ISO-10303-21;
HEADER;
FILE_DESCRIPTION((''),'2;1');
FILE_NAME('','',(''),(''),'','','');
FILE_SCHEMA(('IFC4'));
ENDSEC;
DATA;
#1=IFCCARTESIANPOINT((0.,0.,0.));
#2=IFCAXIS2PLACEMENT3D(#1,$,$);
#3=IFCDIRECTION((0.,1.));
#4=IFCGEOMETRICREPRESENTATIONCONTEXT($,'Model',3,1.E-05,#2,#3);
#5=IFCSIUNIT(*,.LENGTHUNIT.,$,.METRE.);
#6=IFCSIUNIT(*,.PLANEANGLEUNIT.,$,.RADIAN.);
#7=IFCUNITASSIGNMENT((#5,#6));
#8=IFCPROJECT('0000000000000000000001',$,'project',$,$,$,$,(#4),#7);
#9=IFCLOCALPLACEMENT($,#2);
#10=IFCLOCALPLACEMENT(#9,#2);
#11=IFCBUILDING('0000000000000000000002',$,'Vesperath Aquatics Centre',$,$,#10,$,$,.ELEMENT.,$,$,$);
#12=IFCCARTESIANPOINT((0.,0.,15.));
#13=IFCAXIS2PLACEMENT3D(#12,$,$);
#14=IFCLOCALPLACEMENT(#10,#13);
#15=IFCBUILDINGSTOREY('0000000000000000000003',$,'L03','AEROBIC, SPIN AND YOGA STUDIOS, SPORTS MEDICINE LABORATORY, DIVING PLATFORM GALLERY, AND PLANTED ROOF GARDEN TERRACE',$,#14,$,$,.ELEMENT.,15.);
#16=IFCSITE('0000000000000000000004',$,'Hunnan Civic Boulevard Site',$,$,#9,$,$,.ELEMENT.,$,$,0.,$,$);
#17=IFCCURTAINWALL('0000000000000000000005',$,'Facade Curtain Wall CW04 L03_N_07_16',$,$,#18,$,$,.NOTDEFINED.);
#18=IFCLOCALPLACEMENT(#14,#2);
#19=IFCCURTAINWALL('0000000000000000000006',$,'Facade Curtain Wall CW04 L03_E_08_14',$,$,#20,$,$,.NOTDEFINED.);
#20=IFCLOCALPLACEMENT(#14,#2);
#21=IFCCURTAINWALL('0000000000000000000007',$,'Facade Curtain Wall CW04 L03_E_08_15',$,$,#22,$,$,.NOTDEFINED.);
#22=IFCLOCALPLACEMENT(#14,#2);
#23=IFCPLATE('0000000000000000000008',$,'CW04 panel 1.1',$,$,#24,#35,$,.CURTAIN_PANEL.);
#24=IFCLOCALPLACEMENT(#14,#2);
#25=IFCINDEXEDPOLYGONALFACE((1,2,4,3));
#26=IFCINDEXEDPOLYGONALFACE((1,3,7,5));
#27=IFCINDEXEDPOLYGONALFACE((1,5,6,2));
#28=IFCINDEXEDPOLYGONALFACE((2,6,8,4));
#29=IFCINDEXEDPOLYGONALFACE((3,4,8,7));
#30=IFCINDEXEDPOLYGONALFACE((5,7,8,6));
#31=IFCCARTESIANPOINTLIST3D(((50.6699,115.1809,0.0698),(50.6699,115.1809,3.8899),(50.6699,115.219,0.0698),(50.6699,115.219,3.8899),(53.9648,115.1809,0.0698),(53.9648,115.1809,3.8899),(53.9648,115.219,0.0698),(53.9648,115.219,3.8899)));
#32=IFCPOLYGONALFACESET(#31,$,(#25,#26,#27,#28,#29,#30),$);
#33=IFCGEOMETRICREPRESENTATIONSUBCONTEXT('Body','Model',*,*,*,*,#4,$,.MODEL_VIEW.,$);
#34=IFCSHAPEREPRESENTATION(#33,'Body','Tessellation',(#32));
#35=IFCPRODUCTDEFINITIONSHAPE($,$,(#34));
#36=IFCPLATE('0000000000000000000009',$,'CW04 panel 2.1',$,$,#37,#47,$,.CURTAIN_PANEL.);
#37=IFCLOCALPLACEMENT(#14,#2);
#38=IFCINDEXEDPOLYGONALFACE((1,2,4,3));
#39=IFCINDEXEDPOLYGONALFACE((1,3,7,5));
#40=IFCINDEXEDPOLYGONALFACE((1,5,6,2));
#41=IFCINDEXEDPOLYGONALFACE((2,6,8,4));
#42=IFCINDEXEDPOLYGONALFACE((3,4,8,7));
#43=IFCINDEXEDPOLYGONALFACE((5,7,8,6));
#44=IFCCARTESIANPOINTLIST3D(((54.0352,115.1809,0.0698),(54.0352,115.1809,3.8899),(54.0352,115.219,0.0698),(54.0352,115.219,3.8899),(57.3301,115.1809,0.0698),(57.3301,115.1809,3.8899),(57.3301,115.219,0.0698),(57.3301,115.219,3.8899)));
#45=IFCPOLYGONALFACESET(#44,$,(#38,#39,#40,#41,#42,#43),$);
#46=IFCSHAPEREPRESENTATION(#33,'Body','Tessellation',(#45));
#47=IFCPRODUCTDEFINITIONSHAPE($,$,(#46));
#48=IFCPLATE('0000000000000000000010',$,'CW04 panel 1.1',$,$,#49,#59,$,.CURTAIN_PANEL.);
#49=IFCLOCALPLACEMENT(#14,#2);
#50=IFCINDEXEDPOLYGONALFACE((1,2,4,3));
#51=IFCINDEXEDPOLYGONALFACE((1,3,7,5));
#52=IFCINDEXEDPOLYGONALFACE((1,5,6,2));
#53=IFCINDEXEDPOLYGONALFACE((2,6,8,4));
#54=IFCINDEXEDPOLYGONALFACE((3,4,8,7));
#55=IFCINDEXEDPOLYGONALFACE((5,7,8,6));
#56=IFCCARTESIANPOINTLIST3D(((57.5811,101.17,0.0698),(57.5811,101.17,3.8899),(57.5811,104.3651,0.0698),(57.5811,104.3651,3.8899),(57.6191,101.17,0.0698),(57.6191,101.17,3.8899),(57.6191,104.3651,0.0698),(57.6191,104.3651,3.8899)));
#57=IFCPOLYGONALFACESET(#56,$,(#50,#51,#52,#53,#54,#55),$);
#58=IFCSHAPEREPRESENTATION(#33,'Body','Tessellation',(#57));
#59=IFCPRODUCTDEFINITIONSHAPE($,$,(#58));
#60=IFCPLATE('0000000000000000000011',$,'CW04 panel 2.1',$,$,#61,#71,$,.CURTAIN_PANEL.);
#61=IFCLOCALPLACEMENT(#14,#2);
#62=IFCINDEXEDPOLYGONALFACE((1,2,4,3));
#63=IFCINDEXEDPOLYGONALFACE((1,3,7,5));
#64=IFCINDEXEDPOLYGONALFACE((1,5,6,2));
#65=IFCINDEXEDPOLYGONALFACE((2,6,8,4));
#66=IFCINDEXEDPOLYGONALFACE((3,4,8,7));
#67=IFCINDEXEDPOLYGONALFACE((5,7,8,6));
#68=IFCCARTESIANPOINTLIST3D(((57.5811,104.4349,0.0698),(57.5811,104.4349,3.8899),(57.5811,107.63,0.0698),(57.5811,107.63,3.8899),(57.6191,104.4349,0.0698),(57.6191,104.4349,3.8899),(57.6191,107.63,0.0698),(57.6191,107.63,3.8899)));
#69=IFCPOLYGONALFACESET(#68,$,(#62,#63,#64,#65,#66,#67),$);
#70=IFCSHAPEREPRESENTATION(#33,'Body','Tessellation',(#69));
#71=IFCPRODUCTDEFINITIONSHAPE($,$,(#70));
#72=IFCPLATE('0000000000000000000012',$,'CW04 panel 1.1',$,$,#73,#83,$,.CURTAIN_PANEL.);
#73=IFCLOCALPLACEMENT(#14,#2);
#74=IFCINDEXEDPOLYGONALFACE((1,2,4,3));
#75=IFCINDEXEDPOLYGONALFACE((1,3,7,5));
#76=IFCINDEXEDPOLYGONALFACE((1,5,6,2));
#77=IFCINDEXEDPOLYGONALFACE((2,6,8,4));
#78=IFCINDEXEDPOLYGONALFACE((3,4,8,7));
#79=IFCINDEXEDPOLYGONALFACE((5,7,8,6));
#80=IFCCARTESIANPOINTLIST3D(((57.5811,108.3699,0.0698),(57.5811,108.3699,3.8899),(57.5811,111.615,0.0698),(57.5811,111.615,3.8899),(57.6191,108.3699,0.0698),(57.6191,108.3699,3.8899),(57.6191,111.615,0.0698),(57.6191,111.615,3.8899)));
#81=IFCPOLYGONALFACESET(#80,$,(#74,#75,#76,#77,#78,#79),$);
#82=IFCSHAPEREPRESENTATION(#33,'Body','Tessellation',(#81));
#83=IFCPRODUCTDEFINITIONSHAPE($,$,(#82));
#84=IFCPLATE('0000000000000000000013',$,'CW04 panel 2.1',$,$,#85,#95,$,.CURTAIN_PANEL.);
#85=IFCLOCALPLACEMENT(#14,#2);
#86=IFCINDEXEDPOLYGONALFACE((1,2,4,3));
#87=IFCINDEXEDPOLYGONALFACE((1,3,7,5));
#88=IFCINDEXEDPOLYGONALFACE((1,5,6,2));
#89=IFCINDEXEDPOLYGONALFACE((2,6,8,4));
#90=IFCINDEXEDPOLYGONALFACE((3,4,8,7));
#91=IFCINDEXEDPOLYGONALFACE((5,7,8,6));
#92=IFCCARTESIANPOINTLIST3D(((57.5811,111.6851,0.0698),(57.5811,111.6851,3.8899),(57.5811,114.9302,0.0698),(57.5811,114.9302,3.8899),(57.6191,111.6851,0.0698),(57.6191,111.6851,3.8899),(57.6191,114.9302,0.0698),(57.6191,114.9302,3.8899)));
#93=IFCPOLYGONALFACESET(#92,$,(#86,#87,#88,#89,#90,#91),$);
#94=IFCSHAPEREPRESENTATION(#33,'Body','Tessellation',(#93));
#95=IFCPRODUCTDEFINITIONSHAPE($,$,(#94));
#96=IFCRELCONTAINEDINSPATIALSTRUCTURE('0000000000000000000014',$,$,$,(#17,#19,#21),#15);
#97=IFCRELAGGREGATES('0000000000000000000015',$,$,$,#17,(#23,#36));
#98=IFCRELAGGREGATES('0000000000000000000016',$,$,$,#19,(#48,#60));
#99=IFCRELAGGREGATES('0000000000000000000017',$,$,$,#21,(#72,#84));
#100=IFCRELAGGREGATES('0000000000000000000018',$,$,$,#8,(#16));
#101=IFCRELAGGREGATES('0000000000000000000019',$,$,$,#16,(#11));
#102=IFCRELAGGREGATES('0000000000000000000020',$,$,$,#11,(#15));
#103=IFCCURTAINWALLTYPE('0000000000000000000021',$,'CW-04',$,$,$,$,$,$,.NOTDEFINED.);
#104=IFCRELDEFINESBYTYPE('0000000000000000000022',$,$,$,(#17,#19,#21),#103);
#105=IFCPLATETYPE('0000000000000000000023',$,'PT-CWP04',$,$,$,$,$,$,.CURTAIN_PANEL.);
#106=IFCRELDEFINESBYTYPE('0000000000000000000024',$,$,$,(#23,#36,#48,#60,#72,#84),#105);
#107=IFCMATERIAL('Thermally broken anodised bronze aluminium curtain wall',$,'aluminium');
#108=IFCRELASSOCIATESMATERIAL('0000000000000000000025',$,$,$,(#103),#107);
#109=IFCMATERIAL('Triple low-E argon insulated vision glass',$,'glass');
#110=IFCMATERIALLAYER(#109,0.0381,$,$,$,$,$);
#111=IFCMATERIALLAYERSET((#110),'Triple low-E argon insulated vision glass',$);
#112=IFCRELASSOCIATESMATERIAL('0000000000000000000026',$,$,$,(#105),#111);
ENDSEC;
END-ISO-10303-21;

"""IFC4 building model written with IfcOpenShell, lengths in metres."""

from ifc_helpers import new_model, si_unit, direction, frame, origin, origin_2d, place, context, subcontext, project, spatial, rectangle, extrude, material, layer, layer_set, type_object, element, aggregate, save


model = new_model("IFC4")

# Units and contexts
model_context = context("Model", 3, precision=1e-05, world=origin(), true_north=direction((0.0, 1.0)))
body_context = subcontext(model_context, "Body", "Model", "MODEL_VIEW")
ifc_project = project(units=[si_unit("LENGTHUNIT", "METRE"), si_unit("PLANEANGLEUNIT", "RADIAN")], contexts=[model_context])

# Site, building, storey
site_placement = place(None, origin())
site = spatial("IfcSite", under=ifc_project, at=site_placement, Name="Hunnan Civic Boulevard Site", CompositionType="ELEMENT", RefElevation=0.0)
building_placement = place(site_placement, origin())
building = spatial("IfcBuilding", under=site, at=building_placement, Name="Vesperath Aquatics Centre", CompositionType="ELEMENT")
storey_placement = place(building_placement, frame((0.0, 0.0, 15.0)))
storey = spatial("IfcBuildingStorey", under=building, at=storey_placement, Name="L03", Description="AEROBIC, SPIN AND YOGA STUDIOS, SPORTS MEDICINE LABORATORY, DIVING PLATFORM GALLERY, AND PLANTED ROOF GARDEN TERRACE", CompositionType="ELEMENT", Elevation=15.0)

# Curtain walls
ifc_material_1 = material(Name="Thermally broken anodised bronze aluminium curtain wall", Category="aluminium")
curtain_wall_type = type_object("IfcCurtainWallType", Name="CW-04", PredefinedType="NOTDEFINED", material=ifc_material_1)
curtain_wall_1_placement = place(storey_placement, origin())
curtain_wall_1 = element("IfcCurtainWall", 1, at=curtain_wall_1_placement, inside=storey, type_object=curtain_wall_type, Name="Facade Curtain Wall CW04 L03_N_07_16", PredefinedType="NOTDEFINED")
curtain_wall_2_placement = place(storey_placement, origin())
curtain_wall_2 = element("IfcCurtainWall", 2, at=curtain_wall_2_placement, inside=storey, type_object=curtain_wall_type, Name="Facade Curtain Wall CW04 L03_E_08_14", PredefinedType="NOTDEFINED")
curtain_wall_3_placement = place(storey_placement, origin())
curtain_wall_3 = element("IfcCurtainWall", 3, at=curtain_wall_3_placement, inside=storey, type_object=curtain_wall_type, Name="Facade Curtain Wall CW04 L03_E_08_15", PredefinedType="NOTDEFINED")

# Plates
ifc_material_2 = material(Name="Triple low-E argon insulated vision glass", Category="glass")
ifc_layer = layer(ifc_material_2, 0.0381)
ifc_layer_set = layer_set([ifc_layer], Name="Triple low-E argon insulated vision glass")
plate_type = type_object("IfcPlateType", Name="PT-CWP04", PredefinedType="CURTAIN_PANEL", material=ifc_layer_set)
plate_1_placement = place(storey_placement, frame((52.3174, 115.2, 0.0698), z_axis=(0.0, 0.0, 1.0), x_axis=(1.0, 0.0, 0.0)))
plate_1 = element("IfcPlate", 4, at=plate_1_placement, type_object=plate_type, Name="CW04 panel 1.1", PredefinedType="CURTAIN_PANEL", context=body_context, shape_type="SweptSolid", body=[
    extrude(rectangle(XDim=3.2949, YDim=0.0381, at=origin_2d()), origin(), (0.0, 0.0, 1.0), 3.8201),
])
plate_2_placement = place(storey_placement, frame((55.6826, 115.2, 0.0698), z_axis=(0.0, 0.0, 1.0), x_axis=(1.0, 0.0, 0.0)))
plate_2 = element("IfcPlate", 5, at=plate_2_placement, type_object=plate_type, Name="CW04 panel 2.1", PredefinedType="CURTAIN_PANEL", context=body_context, shape_type="SweptSolid", body=[
    extrude(rectangle(XDim=3.2949, YDim=0.0381, at=origin_2d()), origin(), (0.0, 0.0, 1.0), 3.8201),
])
aggregate(curtain_wall_1, [plate_1, plate_2])
plate_3_placement = place(storey_placement, frame((57.6001, 102.7676, 0.0698), z_axis=(0.0, 0.0, 1.0), x_axis=(0.0, 1.0, 0.0)))
plate_3 = element("IfcPlate", 6, at=plate_3_placement, type_object=plate_type, Name="CW04 panel 1.1", PredefinedType="CURTAIN_PANEL", context=body_context, shape_type="SweptSolid", body=[
    extrude(rectangle(XDim=3.1951, YDim=0.0381, at=origin_2d()), origin(), (0.0, 0.0, 1.0), 3.8201),
])
plate_4_placement = place(storey_placement, frame((57.6001, 106.0325, 0.0698), z_axis=(0.0, 0.0, 1.0), x_axis=(0.0, 1.0, 0.0)))
plate_4 = element("IfcPlate", 7, at=plate_4_placement, type_object=plate_type, Name="CW04 panel 2.1", PredefinedType="CURTAIN_PANEL", context=body_context, shape_type="SweptSolid", body=[
    extrude(rectangle(XDim=3.1951, YDim=0.0381, at=origin_2d()), origin(), (0.0, 0.0, 1.0), 3.8201),
])
aggregate(curtain_wall_2, [plate_3, plate_4])
plate_5_placement = place(storey_placement, frame((57.6001, 109.9924, 0.0698), z_axis=(0.0, 0.0, 1.0), x_axis=(0.0, 1.0, 0.0)))
plate_5 = element("IfcPlate", 8, at=plate_5_placement, type_object=plate_type, Name="CW04 panel 1.1", PredefinedType="CURTAIN_PANEL", context=body_context, shape_type="SweptSolid", body=[
    extrude(rectangle(XDim=3.2451, YDim=0.0381, at=origin_2d()), origin(), (0.0, 0.0, 1.0), 3.8201),
])
plate_6_placement = place(storey_placement, frame((57.6001, 113.3076, 0.0698), z_axis=(0.0, 0.0, 1.0), x_axis=(0.0, 1.0, 0.0)))
plate_6 = element("IfcPlate", 9, at=plate_6_placement, type_object=plate_type, Name="CW04 panel 2.1", PredefinedType="CURTAIN_PANEL", context=body_context, shape_type="SweptSolid", body=[
    extrude(rectangle(XDim=3.2451, YDim=0.0381, at=origin_2d()), origin(), (0.0, 0.0, 1.0), 3.8201),
])
aggregate(curtain_wall_3, [plate_5, plate_6])

save(model, "model.ifc")
